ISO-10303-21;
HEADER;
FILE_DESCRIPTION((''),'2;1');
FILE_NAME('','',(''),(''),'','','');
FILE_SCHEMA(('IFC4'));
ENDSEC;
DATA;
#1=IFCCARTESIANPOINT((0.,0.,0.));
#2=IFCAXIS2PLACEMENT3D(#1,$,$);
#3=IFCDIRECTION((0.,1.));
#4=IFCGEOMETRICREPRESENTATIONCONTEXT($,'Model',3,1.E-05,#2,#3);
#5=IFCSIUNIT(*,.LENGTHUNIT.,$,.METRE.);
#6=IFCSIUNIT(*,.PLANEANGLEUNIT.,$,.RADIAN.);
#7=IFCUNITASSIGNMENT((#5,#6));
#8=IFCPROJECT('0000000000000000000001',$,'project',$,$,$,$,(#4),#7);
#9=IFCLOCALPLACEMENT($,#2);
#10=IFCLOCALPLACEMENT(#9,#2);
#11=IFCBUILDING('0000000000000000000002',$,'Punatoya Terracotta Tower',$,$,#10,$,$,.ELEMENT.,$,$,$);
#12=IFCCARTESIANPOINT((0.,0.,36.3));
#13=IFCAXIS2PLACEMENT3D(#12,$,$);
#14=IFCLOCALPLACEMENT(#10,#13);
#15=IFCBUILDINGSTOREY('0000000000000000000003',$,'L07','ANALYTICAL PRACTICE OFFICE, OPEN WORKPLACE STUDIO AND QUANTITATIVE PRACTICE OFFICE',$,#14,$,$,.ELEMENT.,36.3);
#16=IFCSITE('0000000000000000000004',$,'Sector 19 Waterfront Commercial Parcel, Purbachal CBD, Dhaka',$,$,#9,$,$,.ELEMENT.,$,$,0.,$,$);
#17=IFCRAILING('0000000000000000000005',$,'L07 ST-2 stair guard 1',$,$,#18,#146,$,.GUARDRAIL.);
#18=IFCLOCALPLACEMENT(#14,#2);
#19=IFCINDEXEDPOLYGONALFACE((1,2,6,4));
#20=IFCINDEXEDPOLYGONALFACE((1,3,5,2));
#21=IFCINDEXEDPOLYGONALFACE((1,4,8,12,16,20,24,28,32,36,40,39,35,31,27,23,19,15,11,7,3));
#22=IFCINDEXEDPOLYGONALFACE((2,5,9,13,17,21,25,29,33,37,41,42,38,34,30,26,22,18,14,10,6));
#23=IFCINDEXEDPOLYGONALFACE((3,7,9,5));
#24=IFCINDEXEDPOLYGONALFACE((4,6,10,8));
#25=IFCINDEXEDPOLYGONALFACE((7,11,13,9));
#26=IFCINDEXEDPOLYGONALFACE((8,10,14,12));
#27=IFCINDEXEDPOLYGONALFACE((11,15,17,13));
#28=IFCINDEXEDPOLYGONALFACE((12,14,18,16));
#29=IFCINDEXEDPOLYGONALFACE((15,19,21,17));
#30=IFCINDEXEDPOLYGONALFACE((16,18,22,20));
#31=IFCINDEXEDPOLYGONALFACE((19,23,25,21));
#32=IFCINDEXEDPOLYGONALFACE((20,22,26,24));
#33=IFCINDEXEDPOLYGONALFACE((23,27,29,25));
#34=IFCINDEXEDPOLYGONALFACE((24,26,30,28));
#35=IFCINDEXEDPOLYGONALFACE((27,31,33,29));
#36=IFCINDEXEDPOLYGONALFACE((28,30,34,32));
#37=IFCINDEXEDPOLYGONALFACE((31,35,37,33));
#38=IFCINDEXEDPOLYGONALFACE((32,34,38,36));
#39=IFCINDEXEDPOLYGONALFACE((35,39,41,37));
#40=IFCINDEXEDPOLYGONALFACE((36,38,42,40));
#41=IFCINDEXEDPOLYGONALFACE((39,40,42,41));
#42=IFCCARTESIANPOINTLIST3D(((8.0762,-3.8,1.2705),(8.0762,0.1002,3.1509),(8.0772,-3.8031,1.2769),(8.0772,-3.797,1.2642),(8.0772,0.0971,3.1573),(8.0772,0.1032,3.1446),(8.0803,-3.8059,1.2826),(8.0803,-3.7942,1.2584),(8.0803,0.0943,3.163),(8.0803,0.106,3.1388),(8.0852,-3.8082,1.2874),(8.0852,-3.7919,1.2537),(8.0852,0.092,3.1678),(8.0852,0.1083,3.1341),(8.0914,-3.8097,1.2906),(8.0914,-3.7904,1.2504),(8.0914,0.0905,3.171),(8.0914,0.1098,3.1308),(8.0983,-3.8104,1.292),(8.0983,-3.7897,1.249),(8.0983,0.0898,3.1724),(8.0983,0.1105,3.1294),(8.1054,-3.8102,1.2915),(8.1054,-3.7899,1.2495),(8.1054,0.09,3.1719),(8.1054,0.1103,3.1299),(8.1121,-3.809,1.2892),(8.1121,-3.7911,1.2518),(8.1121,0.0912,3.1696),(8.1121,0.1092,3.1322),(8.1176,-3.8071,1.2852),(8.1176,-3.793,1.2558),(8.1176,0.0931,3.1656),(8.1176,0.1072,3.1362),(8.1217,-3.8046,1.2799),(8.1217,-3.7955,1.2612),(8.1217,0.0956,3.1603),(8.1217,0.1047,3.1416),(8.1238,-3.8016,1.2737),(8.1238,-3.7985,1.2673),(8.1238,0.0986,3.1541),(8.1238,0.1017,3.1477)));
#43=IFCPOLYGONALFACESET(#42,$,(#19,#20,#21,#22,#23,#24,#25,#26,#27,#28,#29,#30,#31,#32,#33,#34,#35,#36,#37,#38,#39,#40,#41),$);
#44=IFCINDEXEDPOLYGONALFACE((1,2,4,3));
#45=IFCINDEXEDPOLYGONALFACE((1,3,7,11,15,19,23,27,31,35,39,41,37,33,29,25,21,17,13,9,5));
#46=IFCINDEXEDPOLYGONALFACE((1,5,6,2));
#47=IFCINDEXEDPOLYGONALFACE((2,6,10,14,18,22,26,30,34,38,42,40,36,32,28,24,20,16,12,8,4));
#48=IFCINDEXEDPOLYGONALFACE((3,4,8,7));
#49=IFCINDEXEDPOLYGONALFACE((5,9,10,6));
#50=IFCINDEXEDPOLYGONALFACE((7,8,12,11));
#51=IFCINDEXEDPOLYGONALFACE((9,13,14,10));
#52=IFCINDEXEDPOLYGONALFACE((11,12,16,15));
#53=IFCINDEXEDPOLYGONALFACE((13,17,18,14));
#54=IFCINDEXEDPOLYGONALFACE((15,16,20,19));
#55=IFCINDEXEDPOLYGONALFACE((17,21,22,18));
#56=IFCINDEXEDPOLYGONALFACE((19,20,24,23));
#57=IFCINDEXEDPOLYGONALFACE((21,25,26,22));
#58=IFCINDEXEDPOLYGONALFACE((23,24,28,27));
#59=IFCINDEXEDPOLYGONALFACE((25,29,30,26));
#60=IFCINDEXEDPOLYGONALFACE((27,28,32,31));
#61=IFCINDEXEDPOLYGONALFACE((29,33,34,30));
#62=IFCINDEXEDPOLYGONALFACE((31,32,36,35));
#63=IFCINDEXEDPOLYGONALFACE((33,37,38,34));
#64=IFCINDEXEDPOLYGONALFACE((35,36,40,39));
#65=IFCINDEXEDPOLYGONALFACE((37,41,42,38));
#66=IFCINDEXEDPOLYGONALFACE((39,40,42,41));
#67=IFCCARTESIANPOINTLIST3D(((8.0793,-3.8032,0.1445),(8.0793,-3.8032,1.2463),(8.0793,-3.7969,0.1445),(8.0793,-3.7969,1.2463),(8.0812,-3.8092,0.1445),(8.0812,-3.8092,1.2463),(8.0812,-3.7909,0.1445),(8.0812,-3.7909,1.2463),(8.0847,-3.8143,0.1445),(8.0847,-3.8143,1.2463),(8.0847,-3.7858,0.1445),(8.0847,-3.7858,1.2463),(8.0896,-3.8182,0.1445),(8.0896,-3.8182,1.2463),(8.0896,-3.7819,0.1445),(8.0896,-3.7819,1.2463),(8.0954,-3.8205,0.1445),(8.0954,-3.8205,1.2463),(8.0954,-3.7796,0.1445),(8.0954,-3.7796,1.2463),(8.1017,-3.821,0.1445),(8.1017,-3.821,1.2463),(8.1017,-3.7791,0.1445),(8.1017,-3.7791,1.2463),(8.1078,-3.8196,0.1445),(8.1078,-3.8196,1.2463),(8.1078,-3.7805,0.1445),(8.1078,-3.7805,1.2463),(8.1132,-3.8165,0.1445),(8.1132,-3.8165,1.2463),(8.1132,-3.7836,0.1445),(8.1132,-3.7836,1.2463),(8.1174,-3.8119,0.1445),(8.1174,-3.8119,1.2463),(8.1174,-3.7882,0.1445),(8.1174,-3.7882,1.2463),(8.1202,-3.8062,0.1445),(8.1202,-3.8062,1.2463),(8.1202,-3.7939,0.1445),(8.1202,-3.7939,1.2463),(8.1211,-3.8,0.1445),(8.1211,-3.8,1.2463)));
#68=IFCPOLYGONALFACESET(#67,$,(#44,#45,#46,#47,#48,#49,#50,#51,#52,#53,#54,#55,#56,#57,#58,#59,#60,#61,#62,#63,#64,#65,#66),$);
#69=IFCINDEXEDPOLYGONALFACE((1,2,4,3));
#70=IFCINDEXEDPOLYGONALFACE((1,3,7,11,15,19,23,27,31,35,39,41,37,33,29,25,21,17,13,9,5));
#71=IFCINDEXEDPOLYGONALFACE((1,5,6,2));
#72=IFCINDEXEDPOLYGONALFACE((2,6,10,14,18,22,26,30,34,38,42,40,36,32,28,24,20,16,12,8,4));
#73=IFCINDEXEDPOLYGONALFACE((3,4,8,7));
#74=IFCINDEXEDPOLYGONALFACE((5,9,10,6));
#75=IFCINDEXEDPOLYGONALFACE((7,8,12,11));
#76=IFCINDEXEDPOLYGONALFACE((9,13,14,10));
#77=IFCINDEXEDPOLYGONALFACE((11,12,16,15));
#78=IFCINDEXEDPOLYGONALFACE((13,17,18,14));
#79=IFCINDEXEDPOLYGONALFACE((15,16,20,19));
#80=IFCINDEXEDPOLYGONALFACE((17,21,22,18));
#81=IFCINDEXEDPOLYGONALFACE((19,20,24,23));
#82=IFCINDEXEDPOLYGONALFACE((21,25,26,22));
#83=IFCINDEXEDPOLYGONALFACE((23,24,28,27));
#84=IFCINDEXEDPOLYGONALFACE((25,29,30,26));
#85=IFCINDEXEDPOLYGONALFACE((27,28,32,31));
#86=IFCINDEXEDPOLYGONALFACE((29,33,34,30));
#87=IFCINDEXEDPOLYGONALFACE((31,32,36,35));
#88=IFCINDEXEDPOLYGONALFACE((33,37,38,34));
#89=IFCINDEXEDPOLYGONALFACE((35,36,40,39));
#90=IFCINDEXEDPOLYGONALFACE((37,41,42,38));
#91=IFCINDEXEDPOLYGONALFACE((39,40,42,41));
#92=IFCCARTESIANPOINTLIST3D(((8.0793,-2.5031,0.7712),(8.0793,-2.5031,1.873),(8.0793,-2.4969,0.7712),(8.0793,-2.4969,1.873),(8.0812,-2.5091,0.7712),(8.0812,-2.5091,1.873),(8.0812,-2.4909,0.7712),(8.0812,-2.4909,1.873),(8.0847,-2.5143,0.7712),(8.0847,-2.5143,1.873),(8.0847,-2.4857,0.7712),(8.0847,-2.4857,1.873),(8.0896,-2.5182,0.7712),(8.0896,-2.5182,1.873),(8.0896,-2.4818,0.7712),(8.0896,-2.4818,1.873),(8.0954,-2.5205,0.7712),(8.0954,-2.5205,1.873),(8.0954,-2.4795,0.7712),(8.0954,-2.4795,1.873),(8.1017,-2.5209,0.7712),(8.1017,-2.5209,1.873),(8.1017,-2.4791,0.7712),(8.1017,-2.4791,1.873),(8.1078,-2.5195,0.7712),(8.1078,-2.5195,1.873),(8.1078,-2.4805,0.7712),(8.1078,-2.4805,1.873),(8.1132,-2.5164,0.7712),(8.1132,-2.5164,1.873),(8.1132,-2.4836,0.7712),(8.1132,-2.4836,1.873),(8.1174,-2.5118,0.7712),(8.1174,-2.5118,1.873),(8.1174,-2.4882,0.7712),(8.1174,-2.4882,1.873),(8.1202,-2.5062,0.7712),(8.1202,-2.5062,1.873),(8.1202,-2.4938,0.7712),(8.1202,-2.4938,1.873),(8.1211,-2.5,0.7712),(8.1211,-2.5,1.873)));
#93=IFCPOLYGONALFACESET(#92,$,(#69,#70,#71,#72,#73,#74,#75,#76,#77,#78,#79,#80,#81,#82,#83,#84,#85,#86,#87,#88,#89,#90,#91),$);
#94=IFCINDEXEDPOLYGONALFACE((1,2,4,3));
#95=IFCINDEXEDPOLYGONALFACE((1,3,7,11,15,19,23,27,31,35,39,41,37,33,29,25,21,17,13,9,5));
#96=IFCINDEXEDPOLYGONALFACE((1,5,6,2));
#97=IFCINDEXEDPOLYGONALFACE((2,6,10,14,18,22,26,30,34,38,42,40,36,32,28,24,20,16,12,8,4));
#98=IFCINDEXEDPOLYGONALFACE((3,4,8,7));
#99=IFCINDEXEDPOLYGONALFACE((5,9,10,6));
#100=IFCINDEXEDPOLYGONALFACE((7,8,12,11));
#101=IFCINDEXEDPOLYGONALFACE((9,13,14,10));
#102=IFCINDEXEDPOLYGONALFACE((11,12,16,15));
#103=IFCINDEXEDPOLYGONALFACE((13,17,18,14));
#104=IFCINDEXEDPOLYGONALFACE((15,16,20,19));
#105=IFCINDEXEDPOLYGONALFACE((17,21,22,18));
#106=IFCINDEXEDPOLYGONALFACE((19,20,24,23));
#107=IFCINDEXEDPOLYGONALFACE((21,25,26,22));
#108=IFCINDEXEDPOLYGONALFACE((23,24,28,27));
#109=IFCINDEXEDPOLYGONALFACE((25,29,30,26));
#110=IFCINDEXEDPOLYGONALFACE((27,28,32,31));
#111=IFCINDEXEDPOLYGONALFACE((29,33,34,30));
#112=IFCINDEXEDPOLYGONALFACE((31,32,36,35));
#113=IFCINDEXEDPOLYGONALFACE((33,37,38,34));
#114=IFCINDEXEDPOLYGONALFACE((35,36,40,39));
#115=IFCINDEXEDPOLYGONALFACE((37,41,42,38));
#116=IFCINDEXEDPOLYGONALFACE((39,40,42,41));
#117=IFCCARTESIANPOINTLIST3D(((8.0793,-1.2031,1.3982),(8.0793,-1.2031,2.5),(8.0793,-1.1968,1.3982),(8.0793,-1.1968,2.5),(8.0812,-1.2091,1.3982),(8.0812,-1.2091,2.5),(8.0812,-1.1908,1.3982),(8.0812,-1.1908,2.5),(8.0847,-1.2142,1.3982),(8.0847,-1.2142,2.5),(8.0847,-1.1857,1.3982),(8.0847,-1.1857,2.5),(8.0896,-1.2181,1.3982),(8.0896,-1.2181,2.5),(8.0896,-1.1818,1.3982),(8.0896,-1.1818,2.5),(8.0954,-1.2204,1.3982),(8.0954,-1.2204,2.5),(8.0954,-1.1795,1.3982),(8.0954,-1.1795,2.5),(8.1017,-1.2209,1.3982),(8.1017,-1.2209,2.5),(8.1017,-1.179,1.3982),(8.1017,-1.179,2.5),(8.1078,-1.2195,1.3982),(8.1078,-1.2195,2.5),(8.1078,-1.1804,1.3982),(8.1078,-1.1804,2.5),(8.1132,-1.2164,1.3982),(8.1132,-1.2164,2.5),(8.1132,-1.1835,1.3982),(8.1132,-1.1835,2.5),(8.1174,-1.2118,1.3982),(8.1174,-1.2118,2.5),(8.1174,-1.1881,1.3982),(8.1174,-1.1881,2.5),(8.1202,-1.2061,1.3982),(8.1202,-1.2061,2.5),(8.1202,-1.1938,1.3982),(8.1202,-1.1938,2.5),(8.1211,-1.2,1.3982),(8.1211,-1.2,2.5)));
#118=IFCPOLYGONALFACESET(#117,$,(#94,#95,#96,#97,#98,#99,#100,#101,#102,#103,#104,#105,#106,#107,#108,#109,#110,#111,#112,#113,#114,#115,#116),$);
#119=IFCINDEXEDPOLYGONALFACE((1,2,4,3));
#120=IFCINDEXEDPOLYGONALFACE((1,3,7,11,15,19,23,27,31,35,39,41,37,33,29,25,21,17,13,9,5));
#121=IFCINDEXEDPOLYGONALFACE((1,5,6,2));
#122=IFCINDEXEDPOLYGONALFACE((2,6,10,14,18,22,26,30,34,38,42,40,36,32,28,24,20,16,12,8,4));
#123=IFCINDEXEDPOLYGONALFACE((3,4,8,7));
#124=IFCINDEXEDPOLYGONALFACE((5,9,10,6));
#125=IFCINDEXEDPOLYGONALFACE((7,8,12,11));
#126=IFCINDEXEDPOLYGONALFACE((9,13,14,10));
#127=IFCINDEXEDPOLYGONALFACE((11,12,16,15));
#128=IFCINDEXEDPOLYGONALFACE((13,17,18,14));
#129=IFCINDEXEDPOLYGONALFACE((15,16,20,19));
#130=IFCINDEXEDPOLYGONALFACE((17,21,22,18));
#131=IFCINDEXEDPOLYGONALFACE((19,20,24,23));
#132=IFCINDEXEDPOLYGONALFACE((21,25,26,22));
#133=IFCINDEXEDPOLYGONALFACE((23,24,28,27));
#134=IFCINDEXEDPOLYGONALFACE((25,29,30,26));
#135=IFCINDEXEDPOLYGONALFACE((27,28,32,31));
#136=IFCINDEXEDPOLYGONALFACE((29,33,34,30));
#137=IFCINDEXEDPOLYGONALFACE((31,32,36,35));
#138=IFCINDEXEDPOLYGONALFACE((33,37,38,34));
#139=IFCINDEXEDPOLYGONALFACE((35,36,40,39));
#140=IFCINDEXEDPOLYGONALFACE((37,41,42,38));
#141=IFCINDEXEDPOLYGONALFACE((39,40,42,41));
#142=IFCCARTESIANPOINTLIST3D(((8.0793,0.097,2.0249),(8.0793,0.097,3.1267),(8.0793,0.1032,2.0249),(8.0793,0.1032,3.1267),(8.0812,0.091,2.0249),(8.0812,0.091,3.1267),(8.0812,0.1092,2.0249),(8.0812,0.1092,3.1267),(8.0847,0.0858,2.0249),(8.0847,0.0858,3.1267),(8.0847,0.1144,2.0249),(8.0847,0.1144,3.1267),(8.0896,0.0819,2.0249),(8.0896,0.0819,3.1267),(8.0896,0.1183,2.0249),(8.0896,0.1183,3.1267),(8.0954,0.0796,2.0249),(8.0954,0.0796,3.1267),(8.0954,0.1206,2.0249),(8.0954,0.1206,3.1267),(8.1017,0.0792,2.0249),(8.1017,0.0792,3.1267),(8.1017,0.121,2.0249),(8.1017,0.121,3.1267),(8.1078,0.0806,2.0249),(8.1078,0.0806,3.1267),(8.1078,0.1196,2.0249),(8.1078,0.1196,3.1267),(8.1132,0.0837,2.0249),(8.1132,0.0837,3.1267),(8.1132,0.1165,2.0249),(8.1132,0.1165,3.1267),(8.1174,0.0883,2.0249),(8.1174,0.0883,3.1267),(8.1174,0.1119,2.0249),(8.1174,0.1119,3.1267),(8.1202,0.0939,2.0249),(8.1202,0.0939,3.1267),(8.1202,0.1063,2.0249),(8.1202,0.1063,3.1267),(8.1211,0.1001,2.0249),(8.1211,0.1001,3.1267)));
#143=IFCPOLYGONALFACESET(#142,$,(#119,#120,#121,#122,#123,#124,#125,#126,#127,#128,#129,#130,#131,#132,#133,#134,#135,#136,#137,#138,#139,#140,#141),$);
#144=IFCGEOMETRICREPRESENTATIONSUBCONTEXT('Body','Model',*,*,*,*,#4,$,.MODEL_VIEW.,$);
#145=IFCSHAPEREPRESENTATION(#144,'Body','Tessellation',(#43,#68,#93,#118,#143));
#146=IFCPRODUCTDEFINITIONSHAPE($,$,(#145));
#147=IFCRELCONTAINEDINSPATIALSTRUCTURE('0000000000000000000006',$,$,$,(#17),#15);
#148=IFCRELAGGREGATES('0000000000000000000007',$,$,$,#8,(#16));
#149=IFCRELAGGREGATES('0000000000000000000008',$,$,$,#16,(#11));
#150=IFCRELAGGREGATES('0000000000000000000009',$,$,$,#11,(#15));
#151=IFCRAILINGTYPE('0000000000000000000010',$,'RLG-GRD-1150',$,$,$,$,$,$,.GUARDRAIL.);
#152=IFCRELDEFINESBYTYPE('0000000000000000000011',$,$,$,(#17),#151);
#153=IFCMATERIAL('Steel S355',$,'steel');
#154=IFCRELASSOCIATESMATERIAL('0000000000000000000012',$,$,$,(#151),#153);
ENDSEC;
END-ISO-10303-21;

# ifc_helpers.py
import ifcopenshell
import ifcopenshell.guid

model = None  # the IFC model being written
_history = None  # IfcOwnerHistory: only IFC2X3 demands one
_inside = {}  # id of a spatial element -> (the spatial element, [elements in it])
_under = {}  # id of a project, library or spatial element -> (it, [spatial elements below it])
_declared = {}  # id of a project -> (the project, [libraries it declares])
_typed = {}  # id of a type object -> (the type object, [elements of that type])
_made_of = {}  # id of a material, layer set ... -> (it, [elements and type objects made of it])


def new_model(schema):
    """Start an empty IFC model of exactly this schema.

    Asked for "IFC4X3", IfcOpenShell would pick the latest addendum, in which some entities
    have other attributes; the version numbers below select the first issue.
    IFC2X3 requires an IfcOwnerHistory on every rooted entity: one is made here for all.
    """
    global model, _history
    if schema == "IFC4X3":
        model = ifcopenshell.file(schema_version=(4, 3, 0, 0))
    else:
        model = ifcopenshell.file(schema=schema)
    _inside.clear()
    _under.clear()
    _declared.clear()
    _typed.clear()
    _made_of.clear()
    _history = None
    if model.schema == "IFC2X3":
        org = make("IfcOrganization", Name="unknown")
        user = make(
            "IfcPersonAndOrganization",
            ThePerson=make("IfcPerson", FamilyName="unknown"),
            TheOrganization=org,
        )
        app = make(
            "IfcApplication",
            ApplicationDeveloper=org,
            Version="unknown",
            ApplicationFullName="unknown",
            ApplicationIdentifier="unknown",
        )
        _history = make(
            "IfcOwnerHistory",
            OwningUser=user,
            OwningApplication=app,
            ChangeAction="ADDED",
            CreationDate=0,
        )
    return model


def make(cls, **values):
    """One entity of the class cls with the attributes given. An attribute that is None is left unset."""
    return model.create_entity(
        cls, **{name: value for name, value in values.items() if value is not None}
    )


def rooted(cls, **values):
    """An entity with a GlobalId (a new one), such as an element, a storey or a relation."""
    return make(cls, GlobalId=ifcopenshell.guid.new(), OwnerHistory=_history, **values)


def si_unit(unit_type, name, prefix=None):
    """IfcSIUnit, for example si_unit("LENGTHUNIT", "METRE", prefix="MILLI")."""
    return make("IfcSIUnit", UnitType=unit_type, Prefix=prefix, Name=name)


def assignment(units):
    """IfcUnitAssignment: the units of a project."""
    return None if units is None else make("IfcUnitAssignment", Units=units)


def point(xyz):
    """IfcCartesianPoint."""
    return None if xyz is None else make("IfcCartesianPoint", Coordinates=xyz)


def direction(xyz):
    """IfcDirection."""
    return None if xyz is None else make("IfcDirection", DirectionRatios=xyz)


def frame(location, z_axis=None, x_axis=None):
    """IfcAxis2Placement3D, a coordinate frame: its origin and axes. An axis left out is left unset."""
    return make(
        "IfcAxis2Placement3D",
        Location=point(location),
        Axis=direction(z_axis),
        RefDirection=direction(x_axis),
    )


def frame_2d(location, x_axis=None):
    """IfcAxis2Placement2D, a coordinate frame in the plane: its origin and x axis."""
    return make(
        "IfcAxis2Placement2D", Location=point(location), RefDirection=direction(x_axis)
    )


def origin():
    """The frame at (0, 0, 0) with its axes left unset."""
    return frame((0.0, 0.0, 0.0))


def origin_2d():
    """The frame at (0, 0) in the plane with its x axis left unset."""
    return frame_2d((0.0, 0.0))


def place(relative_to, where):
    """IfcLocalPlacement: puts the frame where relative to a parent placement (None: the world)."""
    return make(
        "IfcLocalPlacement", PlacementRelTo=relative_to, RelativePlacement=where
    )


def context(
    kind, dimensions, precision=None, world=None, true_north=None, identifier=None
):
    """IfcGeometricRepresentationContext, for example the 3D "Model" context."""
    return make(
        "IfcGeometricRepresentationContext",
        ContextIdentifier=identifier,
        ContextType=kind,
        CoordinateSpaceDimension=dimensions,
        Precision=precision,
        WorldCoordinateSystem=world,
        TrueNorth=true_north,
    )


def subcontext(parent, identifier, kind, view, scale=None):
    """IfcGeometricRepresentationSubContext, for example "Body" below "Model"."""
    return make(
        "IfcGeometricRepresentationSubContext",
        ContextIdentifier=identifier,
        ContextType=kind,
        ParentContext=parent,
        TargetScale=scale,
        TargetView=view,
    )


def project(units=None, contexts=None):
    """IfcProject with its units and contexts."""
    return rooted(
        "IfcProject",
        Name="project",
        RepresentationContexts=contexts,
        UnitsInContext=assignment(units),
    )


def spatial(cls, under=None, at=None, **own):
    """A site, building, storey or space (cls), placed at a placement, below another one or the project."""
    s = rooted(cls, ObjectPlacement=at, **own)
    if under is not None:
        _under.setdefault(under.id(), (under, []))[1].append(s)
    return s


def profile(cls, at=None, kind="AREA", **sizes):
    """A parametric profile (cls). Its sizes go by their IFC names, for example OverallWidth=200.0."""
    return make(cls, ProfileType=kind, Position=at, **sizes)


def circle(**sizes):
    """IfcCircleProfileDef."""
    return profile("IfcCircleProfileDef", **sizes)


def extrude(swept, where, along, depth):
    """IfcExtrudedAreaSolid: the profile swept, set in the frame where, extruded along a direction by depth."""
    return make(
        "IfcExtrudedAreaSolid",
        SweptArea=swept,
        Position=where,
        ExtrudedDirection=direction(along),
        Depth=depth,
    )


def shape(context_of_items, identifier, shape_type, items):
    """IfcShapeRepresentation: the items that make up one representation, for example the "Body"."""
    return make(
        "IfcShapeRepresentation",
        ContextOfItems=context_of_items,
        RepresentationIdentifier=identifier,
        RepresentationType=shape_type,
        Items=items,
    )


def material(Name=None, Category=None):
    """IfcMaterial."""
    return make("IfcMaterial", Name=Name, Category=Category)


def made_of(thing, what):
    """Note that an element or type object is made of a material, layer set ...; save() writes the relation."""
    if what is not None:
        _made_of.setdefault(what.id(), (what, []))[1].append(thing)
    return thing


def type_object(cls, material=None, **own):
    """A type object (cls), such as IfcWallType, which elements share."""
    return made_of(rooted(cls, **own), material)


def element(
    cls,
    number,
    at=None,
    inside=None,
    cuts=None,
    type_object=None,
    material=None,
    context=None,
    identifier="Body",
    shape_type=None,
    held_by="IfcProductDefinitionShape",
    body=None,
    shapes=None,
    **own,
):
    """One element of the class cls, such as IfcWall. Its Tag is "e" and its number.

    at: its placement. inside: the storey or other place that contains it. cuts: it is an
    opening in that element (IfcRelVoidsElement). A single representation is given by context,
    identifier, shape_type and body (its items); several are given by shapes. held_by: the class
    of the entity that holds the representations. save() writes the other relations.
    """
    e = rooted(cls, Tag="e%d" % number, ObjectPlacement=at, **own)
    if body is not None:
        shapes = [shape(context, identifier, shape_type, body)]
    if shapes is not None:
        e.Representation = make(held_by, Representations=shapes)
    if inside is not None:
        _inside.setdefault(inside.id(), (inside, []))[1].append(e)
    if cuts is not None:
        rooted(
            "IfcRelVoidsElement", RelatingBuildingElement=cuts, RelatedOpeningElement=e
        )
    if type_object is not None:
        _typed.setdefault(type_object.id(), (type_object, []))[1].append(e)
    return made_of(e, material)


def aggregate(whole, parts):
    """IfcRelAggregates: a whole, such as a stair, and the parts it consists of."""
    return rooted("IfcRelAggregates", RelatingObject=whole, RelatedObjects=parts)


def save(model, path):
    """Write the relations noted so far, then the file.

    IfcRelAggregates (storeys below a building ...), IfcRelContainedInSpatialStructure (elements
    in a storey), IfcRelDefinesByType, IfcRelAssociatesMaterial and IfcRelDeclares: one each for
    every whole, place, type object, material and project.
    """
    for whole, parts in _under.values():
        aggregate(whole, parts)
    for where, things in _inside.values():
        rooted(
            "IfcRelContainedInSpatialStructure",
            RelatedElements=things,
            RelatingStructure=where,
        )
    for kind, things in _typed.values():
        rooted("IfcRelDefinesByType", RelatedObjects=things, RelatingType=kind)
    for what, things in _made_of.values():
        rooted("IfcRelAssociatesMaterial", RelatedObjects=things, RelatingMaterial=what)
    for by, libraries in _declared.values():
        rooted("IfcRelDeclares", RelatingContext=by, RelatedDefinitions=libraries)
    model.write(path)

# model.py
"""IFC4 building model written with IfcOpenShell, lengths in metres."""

from ifc_helpers import new_model, si_unit, direction, frame, origin, origin_2d, place, context, subcontext, project, spatial, circle, extrude, material, type_object, element, save


model = new_model("IFC4")

# Units and contexts
model_context = context("Model", 3, precision=1e-05, world=origin(), true_north=direction((0.0, 1.0)))
body_context = subcontext(model_context, "Body", "Model", "MODEL_VIEW")
ifc_project = project(units=[si_unit("LENGTHUNIT", "METRE"), si_unit("PLANEANGLEUNIT", "RADIAN")], contexts=[model_context])

# Site, building, storey
site_placement = place(None, origin())
site = spatial("IfcSite", under=ifc_project, at=site_placement, Name="Sector 19 Waterfront Commercial Parcel, Purbachal CBD, Dhaka", CompositionType="ELEMENT", RefElevation=0.0)
building_placement = place(site_placement, origin())
building = spatial("IfcBuilding", under=site, at=building_placement, Name="Punatoya Terracotta Tower", CompositionType="ELEMENT")
storey_placement = place(building_placement, frame((0.0, 0.0, 36.3)))
storey = spatial("IfcBuildingStorey", under=building, at=storey_placement, Name="L07", Description="ANALYTICAL PRACTICE OFFICE, OPEN WORKPLACE STUDIO AND QUANTITATIVE PRACTICE OFFICE", CompositionType="ELEMENT", Elevation=36.3)

# Shared definitions
ifc_material_1 = material(Name="Steel S355", Category="steel")

# Railing
railing_type_1 = type_object("IfcRailingType", Name="RLG-GRD-1150", PredefinedType="GUARDRAIL", material=ifc_material_1)
railing_1_placement = place(storey_placement, frame((8.1001, -3.8, 0.1445)))
element("IfcRailing", 1, at=railing_1_placement, inside=storey, type_object=railing_type_1, Name="L07 ST-2 stair guard 1", PredefinedType="GUARDRAIL", context=body_context, shape_type="SweptSolid", body=[
    extrude(circle(Radius=0.0239, at=origin_2d()), frame((0.0, 0.0, 1.126), z_axis=(0.0, 0.900774, 0.434289), x_axis=(-1.0, 0.0, 0.0)), (0.0, 0.0, 1.0), 4.3298),
    extrude(circle(Radius=0.021, at=origin_2d()), origin(), (0.0, 0.0, 1.0), 1.1018),
    extrude(circle(Radius=0.021, at=origin_2d()), frame((0.0, 1.3, 0.6267)), (0.0, 0.0, 1.0), 1.1018),
    extrude(circle(Radius=0.021, at=origin_2d()), frame((0.0, 2.6001, 1.2537)), (0.0, 0.0, 1.0), 1.1018),
    extrude(circle(Radius=0.021, at=origin_2d()), frame((0.0, 3.9001, 1.8804)), (0.0, 0.0, 1.0), 1.1018),
])

save(model, "model.ifc")
